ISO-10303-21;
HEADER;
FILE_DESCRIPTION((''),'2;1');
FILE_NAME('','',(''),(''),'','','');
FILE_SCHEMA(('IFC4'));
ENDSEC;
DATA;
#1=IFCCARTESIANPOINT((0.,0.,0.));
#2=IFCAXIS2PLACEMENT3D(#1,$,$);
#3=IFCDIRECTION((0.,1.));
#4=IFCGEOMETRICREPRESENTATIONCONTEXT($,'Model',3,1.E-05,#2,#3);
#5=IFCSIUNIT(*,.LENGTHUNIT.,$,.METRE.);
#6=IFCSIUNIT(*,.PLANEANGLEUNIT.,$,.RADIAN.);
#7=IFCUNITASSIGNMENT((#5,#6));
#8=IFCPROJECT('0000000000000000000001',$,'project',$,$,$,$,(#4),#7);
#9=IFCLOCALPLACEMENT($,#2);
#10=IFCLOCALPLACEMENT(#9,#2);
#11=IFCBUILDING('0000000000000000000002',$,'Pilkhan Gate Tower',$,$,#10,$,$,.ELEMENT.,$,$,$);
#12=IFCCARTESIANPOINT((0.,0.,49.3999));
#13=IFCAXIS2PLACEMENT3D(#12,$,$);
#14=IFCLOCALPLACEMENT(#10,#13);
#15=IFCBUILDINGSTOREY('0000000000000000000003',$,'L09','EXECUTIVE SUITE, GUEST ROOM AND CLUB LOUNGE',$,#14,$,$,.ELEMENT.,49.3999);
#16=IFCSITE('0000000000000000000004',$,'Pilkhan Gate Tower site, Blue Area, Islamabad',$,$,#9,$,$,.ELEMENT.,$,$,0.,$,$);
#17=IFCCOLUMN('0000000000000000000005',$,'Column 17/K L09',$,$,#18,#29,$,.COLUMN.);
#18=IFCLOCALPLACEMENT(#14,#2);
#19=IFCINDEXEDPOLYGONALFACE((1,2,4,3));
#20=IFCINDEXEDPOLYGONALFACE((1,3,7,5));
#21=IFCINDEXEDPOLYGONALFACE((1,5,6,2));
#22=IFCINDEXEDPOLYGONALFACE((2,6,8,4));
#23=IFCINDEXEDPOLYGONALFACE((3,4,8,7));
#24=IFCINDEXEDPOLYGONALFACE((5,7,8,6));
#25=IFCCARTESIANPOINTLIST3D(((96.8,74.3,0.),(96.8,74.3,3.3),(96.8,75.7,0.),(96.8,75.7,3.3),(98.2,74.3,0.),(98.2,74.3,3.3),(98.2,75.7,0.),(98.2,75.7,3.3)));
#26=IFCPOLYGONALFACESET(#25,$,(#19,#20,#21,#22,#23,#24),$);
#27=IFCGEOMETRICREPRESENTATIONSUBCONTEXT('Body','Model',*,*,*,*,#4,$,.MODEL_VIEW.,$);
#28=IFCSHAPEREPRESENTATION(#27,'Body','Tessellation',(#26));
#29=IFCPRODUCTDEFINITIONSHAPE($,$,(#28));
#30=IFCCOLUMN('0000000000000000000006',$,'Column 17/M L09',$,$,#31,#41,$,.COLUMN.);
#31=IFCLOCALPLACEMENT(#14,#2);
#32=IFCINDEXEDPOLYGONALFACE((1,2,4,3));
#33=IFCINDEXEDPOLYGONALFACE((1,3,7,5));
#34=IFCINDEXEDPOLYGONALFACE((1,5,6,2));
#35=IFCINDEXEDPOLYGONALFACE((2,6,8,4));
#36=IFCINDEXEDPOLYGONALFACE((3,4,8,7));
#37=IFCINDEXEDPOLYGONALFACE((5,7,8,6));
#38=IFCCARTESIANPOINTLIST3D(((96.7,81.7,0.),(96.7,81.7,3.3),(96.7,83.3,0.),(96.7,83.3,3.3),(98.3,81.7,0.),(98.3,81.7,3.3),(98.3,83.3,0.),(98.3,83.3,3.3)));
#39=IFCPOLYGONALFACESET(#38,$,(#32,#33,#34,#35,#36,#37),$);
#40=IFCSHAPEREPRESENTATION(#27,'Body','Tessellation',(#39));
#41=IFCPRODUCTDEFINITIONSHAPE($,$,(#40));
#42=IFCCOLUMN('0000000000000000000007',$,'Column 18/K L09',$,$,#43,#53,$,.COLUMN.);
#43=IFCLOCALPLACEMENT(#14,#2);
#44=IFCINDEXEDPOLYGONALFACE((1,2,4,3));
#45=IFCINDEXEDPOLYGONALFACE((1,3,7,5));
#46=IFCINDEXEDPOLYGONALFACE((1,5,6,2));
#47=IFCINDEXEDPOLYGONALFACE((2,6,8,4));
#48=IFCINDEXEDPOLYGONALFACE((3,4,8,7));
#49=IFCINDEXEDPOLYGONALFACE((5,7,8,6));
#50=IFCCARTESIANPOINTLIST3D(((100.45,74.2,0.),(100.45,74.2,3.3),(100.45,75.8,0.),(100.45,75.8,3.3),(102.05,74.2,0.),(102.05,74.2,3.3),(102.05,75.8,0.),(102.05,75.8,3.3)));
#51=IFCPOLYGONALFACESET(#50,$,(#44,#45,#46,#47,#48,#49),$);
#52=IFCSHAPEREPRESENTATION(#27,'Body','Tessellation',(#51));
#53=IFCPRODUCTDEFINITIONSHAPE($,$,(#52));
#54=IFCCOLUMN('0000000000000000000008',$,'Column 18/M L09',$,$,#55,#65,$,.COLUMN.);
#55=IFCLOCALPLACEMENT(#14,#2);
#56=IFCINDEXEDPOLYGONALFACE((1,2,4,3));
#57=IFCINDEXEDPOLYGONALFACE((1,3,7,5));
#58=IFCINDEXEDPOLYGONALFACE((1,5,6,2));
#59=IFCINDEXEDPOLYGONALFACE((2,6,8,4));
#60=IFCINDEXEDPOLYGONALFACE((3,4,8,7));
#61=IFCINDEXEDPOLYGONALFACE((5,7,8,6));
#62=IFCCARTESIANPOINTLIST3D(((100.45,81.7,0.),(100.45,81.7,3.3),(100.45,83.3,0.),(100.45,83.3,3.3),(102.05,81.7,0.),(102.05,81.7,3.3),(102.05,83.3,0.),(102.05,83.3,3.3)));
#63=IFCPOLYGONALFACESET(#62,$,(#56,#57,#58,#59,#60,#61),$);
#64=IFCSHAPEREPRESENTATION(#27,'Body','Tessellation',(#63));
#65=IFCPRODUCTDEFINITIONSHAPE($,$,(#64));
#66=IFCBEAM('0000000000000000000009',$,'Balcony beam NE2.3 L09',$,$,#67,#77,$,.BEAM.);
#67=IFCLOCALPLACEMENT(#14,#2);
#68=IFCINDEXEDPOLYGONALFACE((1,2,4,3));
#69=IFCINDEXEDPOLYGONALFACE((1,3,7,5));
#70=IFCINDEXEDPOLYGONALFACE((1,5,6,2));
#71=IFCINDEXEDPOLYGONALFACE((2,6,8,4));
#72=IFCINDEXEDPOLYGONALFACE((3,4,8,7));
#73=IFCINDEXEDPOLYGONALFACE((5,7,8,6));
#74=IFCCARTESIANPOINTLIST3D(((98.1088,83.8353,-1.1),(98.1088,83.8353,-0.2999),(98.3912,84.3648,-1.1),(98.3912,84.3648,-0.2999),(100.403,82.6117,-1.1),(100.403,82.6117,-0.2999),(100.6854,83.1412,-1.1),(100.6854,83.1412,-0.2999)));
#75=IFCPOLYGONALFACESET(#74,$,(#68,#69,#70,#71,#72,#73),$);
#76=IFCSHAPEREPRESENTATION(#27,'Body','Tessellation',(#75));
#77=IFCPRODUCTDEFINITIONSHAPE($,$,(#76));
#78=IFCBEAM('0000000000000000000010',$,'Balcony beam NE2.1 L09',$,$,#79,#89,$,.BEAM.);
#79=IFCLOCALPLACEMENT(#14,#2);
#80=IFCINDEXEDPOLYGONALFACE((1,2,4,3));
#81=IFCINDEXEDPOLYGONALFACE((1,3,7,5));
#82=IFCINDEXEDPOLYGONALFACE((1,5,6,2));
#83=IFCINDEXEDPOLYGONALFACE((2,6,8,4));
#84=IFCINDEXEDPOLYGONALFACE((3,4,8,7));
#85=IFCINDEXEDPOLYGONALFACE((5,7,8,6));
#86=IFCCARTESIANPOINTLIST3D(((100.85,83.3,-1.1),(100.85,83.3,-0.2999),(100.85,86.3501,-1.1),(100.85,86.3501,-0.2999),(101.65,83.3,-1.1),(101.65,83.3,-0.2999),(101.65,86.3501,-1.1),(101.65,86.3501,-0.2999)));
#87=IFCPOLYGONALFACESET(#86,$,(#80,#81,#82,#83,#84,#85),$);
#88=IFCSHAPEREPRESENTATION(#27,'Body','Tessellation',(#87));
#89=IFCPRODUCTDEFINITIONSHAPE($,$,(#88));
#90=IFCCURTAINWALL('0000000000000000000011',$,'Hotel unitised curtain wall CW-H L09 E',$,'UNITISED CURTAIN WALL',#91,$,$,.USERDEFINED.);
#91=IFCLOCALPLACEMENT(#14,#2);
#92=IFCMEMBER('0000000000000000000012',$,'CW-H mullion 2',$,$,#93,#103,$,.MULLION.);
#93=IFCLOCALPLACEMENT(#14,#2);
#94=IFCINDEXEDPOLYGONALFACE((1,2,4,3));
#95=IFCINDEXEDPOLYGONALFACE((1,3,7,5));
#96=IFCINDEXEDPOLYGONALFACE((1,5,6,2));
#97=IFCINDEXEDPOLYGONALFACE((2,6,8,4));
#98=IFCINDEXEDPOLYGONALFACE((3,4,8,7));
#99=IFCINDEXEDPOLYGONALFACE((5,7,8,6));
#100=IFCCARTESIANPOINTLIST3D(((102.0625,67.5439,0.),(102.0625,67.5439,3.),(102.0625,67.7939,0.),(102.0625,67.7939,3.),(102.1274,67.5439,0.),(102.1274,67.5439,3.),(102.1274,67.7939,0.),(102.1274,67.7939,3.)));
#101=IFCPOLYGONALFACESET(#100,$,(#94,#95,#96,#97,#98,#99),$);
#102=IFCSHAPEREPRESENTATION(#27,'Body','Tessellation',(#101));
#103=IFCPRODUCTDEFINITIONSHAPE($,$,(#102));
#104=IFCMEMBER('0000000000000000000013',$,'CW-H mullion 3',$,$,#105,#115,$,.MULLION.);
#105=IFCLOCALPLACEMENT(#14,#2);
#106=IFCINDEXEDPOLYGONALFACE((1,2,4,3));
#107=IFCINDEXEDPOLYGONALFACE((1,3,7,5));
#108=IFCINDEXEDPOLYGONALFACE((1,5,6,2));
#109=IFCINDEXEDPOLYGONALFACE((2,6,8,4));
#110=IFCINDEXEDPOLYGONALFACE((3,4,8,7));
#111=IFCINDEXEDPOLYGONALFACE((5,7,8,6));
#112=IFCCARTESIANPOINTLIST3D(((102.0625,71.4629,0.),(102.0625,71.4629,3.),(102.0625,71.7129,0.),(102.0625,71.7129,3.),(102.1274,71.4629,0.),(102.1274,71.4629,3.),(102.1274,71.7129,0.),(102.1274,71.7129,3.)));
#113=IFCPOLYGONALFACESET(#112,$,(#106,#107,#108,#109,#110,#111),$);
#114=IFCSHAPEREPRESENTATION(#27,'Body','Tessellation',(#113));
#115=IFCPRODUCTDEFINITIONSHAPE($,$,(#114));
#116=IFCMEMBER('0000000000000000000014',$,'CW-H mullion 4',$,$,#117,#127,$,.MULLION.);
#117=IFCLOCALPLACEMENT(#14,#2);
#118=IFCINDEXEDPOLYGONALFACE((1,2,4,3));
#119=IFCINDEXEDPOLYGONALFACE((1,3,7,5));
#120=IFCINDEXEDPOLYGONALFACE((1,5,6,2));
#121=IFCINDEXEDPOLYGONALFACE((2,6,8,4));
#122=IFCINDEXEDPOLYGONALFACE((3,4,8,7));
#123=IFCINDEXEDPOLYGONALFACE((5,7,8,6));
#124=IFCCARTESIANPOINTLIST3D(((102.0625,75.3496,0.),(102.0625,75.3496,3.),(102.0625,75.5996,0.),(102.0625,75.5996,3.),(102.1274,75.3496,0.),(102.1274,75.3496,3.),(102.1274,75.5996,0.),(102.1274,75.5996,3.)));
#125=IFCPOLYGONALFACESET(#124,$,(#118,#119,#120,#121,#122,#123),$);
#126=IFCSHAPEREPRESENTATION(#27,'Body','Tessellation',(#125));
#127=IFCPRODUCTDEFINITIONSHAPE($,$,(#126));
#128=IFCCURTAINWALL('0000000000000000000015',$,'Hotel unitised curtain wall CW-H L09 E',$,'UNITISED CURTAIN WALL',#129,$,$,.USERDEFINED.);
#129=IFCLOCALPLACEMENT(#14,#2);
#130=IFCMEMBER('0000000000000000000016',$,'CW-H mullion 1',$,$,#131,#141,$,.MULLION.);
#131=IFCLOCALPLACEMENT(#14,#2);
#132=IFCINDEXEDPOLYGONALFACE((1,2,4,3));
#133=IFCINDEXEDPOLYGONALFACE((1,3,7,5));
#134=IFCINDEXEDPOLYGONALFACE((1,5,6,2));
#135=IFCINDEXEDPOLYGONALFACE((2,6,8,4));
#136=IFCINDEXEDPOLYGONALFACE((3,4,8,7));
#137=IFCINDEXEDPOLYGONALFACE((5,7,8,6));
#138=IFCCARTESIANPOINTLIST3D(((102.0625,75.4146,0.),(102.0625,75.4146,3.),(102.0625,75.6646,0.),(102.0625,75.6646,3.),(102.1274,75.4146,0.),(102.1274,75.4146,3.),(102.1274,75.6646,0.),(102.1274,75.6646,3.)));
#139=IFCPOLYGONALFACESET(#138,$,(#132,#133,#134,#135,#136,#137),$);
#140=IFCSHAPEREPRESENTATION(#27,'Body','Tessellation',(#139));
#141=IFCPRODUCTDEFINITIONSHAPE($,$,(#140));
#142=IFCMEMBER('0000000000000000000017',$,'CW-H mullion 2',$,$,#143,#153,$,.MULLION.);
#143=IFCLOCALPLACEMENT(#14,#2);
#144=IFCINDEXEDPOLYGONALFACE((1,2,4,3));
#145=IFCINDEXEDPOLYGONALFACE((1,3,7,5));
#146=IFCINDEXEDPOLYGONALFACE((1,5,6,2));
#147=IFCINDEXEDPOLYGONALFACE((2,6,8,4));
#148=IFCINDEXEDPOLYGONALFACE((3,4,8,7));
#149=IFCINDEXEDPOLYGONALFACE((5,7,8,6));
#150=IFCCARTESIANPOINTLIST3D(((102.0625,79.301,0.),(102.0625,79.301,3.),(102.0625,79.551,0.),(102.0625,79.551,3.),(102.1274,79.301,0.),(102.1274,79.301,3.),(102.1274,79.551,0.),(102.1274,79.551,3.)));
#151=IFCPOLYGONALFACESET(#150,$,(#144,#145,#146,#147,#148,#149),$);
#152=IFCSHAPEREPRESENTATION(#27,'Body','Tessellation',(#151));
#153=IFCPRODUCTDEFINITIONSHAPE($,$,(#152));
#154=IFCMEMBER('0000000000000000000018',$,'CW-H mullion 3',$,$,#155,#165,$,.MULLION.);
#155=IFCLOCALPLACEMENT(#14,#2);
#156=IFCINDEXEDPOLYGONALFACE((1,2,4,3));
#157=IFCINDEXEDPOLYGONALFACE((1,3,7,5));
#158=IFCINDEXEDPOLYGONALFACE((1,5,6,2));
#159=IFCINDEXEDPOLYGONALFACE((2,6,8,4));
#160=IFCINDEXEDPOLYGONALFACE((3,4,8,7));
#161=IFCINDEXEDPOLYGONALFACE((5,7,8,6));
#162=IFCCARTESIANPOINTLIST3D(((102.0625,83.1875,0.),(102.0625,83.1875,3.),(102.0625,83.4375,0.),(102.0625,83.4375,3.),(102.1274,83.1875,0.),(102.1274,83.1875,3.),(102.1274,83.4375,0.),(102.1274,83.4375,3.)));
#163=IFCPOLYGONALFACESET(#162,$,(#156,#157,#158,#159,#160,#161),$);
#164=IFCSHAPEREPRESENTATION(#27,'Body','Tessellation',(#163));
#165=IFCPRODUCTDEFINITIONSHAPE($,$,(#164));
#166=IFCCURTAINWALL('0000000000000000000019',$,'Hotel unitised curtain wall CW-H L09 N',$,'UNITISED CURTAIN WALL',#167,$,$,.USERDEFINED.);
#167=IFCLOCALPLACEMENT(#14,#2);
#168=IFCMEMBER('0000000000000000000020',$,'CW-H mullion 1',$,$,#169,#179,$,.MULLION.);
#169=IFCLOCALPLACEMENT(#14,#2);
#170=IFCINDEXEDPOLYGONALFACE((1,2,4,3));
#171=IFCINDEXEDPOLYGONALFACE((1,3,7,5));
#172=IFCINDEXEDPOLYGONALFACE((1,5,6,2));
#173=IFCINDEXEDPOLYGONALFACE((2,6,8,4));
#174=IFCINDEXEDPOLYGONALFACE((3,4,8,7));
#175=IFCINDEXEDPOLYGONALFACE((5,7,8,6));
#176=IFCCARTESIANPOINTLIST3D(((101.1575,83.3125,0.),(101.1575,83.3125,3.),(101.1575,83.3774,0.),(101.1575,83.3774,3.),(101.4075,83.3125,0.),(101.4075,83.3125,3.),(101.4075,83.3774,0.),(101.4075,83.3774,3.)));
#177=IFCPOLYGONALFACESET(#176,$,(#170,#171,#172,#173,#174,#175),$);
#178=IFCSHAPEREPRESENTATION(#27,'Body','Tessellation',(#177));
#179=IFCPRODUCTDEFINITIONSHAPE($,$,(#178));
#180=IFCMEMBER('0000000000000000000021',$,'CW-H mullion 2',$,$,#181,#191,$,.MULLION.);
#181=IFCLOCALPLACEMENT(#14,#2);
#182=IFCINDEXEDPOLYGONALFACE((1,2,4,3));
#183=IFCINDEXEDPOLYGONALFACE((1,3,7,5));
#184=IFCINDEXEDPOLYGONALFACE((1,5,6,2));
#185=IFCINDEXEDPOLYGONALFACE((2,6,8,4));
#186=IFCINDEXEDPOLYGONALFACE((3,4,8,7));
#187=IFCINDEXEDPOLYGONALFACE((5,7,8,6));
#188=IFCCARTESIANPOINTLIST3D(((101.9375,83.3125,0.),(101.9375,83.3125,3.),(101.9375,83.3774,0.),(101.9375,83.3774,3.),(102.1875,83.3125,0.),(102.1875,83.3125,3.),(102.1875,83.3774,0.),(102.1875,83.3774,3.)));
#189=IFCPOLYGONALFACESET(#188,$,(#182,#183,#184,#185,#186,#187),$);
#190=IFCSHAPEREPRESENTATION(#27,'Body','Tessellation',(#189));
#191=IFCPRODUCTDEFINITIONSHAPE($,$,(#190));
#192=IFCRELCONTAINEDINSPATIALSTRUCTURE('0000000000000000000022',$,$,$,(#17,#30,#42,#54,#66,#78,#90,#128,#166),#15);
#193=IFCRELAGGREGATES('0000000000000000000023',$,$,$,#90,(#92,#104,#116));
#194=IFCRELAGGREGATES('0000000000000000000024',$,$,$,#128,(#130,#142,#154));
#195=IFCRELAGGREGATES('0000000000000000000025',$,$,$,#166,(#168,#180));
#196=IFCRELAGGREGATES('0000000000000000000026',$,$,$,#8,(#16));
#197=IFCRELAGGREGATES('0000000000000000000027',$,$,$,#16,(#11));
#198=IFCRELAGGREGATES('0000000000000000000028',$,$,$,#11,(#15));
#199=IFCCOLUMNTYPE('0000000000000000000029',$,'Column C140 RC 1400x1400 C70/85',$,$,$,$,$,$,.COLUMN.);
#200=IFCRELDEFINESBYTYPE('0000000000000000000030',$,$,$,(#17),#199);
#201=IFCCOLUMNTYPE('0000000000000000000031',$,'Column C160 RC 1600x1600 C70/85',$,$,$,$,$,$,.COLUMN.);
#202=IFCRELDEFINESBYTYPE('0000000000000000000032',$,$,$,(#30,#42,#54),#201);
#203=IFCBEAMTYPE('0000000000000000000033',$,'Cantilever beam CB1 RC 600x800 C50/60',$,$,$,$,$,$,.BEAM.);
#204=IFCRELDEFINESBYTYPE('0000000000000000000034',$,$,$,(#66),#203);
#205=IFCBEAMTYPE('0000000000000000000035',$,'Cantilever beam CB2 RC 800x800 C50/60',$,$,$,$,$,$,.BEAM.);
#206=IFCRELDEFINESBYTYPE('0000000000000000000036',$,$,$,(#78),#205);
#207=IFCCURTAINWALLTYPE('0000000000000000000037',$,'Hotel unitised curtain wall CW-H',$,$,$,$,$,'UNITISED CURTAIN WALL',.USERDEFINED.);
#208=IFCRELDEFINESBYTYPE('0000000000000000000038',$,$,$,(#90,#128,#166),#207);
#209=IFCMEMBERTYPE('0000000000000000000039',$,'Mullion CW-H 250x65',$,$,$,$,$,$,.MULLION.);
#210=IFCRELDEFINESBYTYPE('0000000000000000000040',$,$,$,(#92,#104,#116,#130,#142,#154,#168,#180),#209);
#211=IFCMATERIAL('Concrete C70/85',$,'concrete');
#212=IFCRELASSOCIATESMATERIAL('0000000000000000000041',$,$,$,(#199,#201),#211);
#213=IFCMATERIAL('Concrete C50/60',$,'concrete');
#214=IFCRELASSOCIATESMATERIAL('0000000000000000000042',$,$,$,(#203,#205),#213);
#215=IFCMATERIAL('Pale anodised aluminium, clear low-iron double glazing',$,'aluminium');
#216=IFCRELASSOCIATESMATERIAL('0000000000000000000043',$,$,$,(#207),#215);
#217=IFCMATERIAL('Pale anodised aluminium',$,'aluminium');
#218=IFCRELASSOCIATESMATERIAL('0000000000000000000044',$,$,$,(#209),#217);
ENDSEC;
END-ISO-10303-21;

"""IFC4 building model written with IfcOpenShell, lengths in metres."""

from ifc_helpers import new_model, si_unit, direction, frame, origin, origin_2d, place, context, subcontext, project, spatial, rectangle, extrude, material, material_profile, profile_set, type_object, element, aggregate, save


model = new_model("IFC4")

# Units and contexts
model_context = context("Model", 3, precision=1e-05, world=origin(), true_north=direction((0.0, 1.0)))
body_context = subcontext(model_context, "Body", "Model", "MODEL_VIEW")
ifc_project = project(units=[si_unit("LENGTHUNIT", "METRE"), si_unit("PLANEANGLEUNIT", "RADIAN")], contexts=[model_context])

# Site, building, storey
site_placement = place(None, origin())
site = spatial("IfcSite", under=ifc_project, at=site_placement, Name="Pilkhan Gate Tower site, Blue Area, Islamabad", CompositionType="ELEMENT", RefElevation=0.0)
building_placement = place(site_placement, origin())
building = spatial("IfcBuilding", under=site, at=building_placement, Name="Pilkhan Gate Tower", CompositionType="ELEMENT")
storey_placement = place(building_placement, frame((0.0, 0.0, 49.3999)))
storey = spatial("IfcBuildingStorey", under=building, at=storey_placement, Name="L09", Description="EXECUTIVE SUITE, GUEST ROOM AND CLUB LOUNGE", CompositionType="ELEMENT", Elevation=49.3999)

# Columns
ifc_material_1 = material(Name="Concrete C70/85", Category="concrete")
ifc_material_profile_1 = material_profile(ifc_material_1, rectangle(XDim=1.3999, YDim=1.3999, at=origin_2d()), Name="RC 1400x1400")
ifc_profile_set_1 = profile_set([ifc_material_profile_1], Name="Concrete C70/85")
column_type_1 = type_object("IfcColumnType", Name="Column C140 RC 1400x1400 C70/85", PredefinedType="COLUMN", material=ifc_profile_set_1)
column_placement = place(storey_placement, frame((97.5, 75.0, 0.0), z_axis=(0.0, 0.0, 1.0), x_axis=(1.0, 0.0, 0.0)))
element("IfcColumn", 1, at=column_placement, inside=storey, type_object=column_type_1, Name="Column 17/K L09", PredefinedType="COLUMN", context=body_context, shape_type="SweptSolid", body=[
    extrude(rectangle(XDim=1.3999, YDim=1.3999, at=origin_2d()), origin(), (0.0, 0.0, 1.0), 3.3),
])
ifc_material_profile_2 = material_profile(ifc_material_1, rectangle(XDim=1.6001, YDim=1.6001, at=origin_2d()), Name="RC 1600x1600")
ifc_profile_set_2 = profile_set([ifc_material_profile_2], Name="Concrete C70/85")
column_type_2 = type_object("IfcColumnType", Name="Column C160 RC 1600x1600 C70/85", PredefinedType="COLUMN", material=ifc_profile_set_2)
for number, where, z_axis, x_axis, name in (
    (2, (97.5, 82.5, 0.0), (0.0, 0.0, 1.0), (1.0, 0.0, 0.0), "Column 17/M L09"),
    (3, (101.25, 75.0, 0.0), (0.0, 0.0, 1.0), (1.0, 0.0, 0.0), "Column 18/K L09"),
    (4, (101.25, 82.5, 0.0), (0.0, 0.0, 1.0), (1.0, 0.0, 0.0), "Column 18/M L09"),
):
    element("IfcColumn", number, at=place(storey_placement, frame(where, z_axis=z_axis, x_axis=x_axis)), inside=storey, type_object=column_type_2, Name=name, PredefinedType="COLUMN", context=body_context, shape_type="SweptSolid", body=[
        extrude(rectangle(XDim=1.6001, YDim=1.6001, at=origin_2d()), origin(), (0.0, 0.0, 1.0), 3.3),
    ])

# Beams
ifc_material_2 = material(Name="Concrete C50/60", Category="concrete")
ifc_material_profile_3 = material_profile(ifc_material_2, rectangle(XDim=0.6001, YDim=0.8, at=origin_2d()), Name="RC 600x800")
ifc_profile_set_3 = profile_set([ifc_material_profile_3], Name="Concrete C50/60")
beam_type_1 = type_object("IfcBeamType", Name="Cantilever beam CB1 RC 600x800 C50/60", PredefinedType="BEAM", material=ifc_profile_set_3)
beam_1_placement = place(storey_placement, frame((100.5442, 82.8765, -0.7), z_axis=(-0.882343, 0.470608, 0.0), x_axis=(-0.470608, -0.882343, 0.0)))
element("IfcBeam", 5, at=beam_1_placement, inside=storey, type_object=beam_type_1, Name="Balcony beam NE2.3 L09", PredefinedType="BEAM", context=body_context, shape_type="SweptSolid", body=[
    extrude(rectangle(XDim=0.6001, YDim=0.8, at=origin_2d()), origin(), (0.0, 0.0, 1.0), 2.6001),
])
ifc_material_profile_4 = material_profile(ifc_material_2, rectangle(XDim=0.8, YDim=0.8, at=origin_2d()), Name="RC 800x800")
ifc_profile_set_4 = profile_set([ifc_material_profile_4], Name="Concrete C50/60")
beam_type_2 = type_object("IfcBeamType", Name="Cantilever beam CB2 RC 800x800 C50/60", PredefinedType="BEAM", material=ifc_profile_set_4)
beam_2_placement = place(storey_placement, frame((101.25, 83.3, -0.7), z_axis=(0.0, 1.0, 0.0), x_axis=(-1.0, 0.0, 0.0)))
element("IfcBeam", 6, at=beam_2_placement, inside=storey, type_object=beam_type_2, Name="Balcony beam NE2.1 L09", PredefinedType="BEAM", context=body_context, shape_type="SweptSolid", body=[
    extrude(rectangle(XDim=0.8, YDim=0.8, at=origin_2d()), origin(), (0.0, 0.0, 1.0), 3.05),
])

# Curtain walls, members
ifc_material_3 = material(Name="Pale anodised aluminium, clear low-iron double glazing", Category="aluminium")
curtain_wall_type = type_object("IfcCurtainWallType", Name="Hotel unitised curtain wall CW-H", ElementType="UNITISED CURTAIN WALL", PredefinedType="USERDEFINED", material=ifc_material_3)
curtain_wall_1_placement = place(storey_placement, origin())
curtain_wall_1 = element("IfcCurtainWall", 7, at=curtain_wall_1_placement, inside=storey, type_object=curtain_wall_type, Name="Hotel unitised curtain wall CW-H L09 E", ObjectType="UNITISED CURTAIN WALL", PredefinedType="USERDEFINED")
ifc_material_4 = material(Name="Pale anodised aluminium", Category="aluminium")
ifc_material_profile_5 = material_profile(ifc_material_4, rectangle(XDim=0.0649, YDim=0.25, at=origin_2d()), Name="Mullion 250x65")
ifc_profile_set_5 = profile_set([ifc_material_profile_5], Name="Pale anodised aluminium")
member_type_1 = type_object("IfcMemberType", Name="Mullion CW-H 250x65", PredefinedType="MULLION", material=ifc_profile_set_5)
member_1_placement = place(storey_placement, frame((102.095, 67.6689, 0.0), z_axis=(0.0, 0.0, 1.0), x_axis=(-1.0, 0.0, 0.0)))
member_1 = element("IfcMember", 8, at=member_1_placement, type_object=member_type_1, Name="CW-H mullion 2", PredefinedType="MULLION", context=body_context, shape_type="SweptSolid", body=[
    extrude(rectangle(XDim=0.0649, YDim=0.25, at=origin_2d()), origin(), (0.0, 0.0, 1.0), 3.0),
])
member_2_placement = place(storey_placement, frame((102.095, 71.5879, 0.0), z_axis=(0.0, 0.0, 1.0), x_axis=(-1.0, 0.0, 0.0)))
member_2 = element("IfcMember", 9, at=member_2_placement, type_object=member_type_1, Name="CW-H mullion 3", PredefinedType="MULLION", context=body_context, shape_type="SweptSolid", body=[
    extrude(rectangle(XDim=0.0649, YDim=0.25, at=origin_2d()), origin(), (0.0, 0.0, 1.0), 3.0),
])
member_3_placement = place(storey_placement, frame((102.095, 75.4746, 0.0), z_axis=(0.0, 0.0, 1.0), x_axis=(-1.0, 0.0, 0.0)))
member_3 = element("IfcMember", 10, at=member_3_placement, type_object=member_type_1, Name="CW-H mullion 4", PredefinedType="MULLION", context=body_context, shape_type="SweptSolid", body=[
    extrude(rectangle(XDim=0.0649, YDim=0.25, at=origin_2d()), origin(), (0.0, 0.0, 1.0), 3.0),
])
curtain_wall_2_placement = place(storey_placement, origin())
curtain_wall_2 = element("IfcCurtainWall", 11, at=curtain_wall_2_placement, inside=storey, type_object=curtain_wall_type, Name="Hotel unitised curtain wall CW-H L09 E", ObjectType="UNITISED CURTAIN WALL", PredefinedType="USERDEFINED")
member_4_placement = place(storey_placement, frame((102.095, 75.5396, 0.0), z_axis=(0.0, 0.0, 1.0), x_axis=(-1.0, 0.0, 0.0)))
member_4 = element("IfcMember", 12, at=member_4_placement, type_object=member_type_1, Name="CW-H mullion 1", PredefinedType="MULLION", context=body_context, shape_type="SweptSolid", body=[
    extrude(rectangle(XDim=0.0649, YDim=0.25, at=origin_2d()), origin(), (0.0, 0.0, 1.0), 3.0),
])
member_5_placement = place(storey_placement, frame((102.095, 79.426, 0.0), z_axis=(0.0, 0.0, 1.0), x_axis=(-1.0, 0.0, 0.0)))
member_5 = element("IfcMember", 13, at=member_5_placement, type_object=member_type_1, Name="CW-H mullion 2", PredefinedType="MULLION", context=body_context, shape_type="SweptSolid", body=[
    extrude(rectangle(XDim=0.0649, YDim=0.25, at=origin_2d()), origin(), (0.0, 0.0, 1.0), 3.0),
])
member_6_placement = place(storey_placement, frame((102.095, 83.3125, 0.0), z_axis=(0.0, 0.0, 1.0), x_axis=(-1.0, 0.0, 0.0)))
member_6 = element("IfcMember", 14, at=member_6_placement, type_object=member_type_1, Name="CW-H mullion 3", PredefinedType="MULLION", context=body_context, shape_type="SweptSolid", body=[
    extrude(rectangle(XDim=0.0649, YDim=0.25, at=origin_2d()), origin(), (0.0, 0.0, 1.0), 3.0),
])
curtain_wall_3_placement = place(storey_placement, origin())
curtain_wall_3 = element("IfcCurtainWall", 15, at=curtain_wall_3_placement, inside=storey, type_object=curtain_wall_type, Name="Hotel unitised curtain wall CW-H L09 N", ObjectType="UNITISED CURTAIN WALL", PredefinedType="USERDEFINED")
member_7_placement = place(storey_placement, frame((101.2825, 83.345, 0.0), z_axis=(0.0, 0.0, 1.0), x_axis=(0.0, 1.0, 0.0)))
member_7 = element("IfcMember", 16, at=member_7_placement, type_object=member_type_1, Name="CW-H mullion 1", PredefinedType="MULLION", context=body_context, shape_type="SweptSolid", body=[
    extrude(rectangle(XDim=0.0649, YDim=0.25, at=origin_2d()), origin(), (0.0, 0.0, 1.0), 3.0),
])
member_8_placement = place(storey_placement, frame((102.0625, 83.345, 0.0), z_axis=(0.0, 0.0, 1.0), x_axis=(0.0, 1.0, 0.0)))
member_8 = element("IfcMember", 17, at=member_8_placement, type_object=member_type_1, Name="CW-H mullion 2", PredefinedType="MULLION", context=body_context, shape_type="SweptSolid", body=[
    extrude(rectangle(XDim=0.0649, YDim=0.25, at=origin_2d()), origin(), (0.0, 0.0, 1.0), 3.0),
])

aggregate(curtain_wall_1, [member_1, member_2, member_3])
aggregate(curtain_wall_2, [member_4, member_5, member_6])
aggregate(curtain_wall_3, [member_7, member_8])

save(model, "model.ifc")
